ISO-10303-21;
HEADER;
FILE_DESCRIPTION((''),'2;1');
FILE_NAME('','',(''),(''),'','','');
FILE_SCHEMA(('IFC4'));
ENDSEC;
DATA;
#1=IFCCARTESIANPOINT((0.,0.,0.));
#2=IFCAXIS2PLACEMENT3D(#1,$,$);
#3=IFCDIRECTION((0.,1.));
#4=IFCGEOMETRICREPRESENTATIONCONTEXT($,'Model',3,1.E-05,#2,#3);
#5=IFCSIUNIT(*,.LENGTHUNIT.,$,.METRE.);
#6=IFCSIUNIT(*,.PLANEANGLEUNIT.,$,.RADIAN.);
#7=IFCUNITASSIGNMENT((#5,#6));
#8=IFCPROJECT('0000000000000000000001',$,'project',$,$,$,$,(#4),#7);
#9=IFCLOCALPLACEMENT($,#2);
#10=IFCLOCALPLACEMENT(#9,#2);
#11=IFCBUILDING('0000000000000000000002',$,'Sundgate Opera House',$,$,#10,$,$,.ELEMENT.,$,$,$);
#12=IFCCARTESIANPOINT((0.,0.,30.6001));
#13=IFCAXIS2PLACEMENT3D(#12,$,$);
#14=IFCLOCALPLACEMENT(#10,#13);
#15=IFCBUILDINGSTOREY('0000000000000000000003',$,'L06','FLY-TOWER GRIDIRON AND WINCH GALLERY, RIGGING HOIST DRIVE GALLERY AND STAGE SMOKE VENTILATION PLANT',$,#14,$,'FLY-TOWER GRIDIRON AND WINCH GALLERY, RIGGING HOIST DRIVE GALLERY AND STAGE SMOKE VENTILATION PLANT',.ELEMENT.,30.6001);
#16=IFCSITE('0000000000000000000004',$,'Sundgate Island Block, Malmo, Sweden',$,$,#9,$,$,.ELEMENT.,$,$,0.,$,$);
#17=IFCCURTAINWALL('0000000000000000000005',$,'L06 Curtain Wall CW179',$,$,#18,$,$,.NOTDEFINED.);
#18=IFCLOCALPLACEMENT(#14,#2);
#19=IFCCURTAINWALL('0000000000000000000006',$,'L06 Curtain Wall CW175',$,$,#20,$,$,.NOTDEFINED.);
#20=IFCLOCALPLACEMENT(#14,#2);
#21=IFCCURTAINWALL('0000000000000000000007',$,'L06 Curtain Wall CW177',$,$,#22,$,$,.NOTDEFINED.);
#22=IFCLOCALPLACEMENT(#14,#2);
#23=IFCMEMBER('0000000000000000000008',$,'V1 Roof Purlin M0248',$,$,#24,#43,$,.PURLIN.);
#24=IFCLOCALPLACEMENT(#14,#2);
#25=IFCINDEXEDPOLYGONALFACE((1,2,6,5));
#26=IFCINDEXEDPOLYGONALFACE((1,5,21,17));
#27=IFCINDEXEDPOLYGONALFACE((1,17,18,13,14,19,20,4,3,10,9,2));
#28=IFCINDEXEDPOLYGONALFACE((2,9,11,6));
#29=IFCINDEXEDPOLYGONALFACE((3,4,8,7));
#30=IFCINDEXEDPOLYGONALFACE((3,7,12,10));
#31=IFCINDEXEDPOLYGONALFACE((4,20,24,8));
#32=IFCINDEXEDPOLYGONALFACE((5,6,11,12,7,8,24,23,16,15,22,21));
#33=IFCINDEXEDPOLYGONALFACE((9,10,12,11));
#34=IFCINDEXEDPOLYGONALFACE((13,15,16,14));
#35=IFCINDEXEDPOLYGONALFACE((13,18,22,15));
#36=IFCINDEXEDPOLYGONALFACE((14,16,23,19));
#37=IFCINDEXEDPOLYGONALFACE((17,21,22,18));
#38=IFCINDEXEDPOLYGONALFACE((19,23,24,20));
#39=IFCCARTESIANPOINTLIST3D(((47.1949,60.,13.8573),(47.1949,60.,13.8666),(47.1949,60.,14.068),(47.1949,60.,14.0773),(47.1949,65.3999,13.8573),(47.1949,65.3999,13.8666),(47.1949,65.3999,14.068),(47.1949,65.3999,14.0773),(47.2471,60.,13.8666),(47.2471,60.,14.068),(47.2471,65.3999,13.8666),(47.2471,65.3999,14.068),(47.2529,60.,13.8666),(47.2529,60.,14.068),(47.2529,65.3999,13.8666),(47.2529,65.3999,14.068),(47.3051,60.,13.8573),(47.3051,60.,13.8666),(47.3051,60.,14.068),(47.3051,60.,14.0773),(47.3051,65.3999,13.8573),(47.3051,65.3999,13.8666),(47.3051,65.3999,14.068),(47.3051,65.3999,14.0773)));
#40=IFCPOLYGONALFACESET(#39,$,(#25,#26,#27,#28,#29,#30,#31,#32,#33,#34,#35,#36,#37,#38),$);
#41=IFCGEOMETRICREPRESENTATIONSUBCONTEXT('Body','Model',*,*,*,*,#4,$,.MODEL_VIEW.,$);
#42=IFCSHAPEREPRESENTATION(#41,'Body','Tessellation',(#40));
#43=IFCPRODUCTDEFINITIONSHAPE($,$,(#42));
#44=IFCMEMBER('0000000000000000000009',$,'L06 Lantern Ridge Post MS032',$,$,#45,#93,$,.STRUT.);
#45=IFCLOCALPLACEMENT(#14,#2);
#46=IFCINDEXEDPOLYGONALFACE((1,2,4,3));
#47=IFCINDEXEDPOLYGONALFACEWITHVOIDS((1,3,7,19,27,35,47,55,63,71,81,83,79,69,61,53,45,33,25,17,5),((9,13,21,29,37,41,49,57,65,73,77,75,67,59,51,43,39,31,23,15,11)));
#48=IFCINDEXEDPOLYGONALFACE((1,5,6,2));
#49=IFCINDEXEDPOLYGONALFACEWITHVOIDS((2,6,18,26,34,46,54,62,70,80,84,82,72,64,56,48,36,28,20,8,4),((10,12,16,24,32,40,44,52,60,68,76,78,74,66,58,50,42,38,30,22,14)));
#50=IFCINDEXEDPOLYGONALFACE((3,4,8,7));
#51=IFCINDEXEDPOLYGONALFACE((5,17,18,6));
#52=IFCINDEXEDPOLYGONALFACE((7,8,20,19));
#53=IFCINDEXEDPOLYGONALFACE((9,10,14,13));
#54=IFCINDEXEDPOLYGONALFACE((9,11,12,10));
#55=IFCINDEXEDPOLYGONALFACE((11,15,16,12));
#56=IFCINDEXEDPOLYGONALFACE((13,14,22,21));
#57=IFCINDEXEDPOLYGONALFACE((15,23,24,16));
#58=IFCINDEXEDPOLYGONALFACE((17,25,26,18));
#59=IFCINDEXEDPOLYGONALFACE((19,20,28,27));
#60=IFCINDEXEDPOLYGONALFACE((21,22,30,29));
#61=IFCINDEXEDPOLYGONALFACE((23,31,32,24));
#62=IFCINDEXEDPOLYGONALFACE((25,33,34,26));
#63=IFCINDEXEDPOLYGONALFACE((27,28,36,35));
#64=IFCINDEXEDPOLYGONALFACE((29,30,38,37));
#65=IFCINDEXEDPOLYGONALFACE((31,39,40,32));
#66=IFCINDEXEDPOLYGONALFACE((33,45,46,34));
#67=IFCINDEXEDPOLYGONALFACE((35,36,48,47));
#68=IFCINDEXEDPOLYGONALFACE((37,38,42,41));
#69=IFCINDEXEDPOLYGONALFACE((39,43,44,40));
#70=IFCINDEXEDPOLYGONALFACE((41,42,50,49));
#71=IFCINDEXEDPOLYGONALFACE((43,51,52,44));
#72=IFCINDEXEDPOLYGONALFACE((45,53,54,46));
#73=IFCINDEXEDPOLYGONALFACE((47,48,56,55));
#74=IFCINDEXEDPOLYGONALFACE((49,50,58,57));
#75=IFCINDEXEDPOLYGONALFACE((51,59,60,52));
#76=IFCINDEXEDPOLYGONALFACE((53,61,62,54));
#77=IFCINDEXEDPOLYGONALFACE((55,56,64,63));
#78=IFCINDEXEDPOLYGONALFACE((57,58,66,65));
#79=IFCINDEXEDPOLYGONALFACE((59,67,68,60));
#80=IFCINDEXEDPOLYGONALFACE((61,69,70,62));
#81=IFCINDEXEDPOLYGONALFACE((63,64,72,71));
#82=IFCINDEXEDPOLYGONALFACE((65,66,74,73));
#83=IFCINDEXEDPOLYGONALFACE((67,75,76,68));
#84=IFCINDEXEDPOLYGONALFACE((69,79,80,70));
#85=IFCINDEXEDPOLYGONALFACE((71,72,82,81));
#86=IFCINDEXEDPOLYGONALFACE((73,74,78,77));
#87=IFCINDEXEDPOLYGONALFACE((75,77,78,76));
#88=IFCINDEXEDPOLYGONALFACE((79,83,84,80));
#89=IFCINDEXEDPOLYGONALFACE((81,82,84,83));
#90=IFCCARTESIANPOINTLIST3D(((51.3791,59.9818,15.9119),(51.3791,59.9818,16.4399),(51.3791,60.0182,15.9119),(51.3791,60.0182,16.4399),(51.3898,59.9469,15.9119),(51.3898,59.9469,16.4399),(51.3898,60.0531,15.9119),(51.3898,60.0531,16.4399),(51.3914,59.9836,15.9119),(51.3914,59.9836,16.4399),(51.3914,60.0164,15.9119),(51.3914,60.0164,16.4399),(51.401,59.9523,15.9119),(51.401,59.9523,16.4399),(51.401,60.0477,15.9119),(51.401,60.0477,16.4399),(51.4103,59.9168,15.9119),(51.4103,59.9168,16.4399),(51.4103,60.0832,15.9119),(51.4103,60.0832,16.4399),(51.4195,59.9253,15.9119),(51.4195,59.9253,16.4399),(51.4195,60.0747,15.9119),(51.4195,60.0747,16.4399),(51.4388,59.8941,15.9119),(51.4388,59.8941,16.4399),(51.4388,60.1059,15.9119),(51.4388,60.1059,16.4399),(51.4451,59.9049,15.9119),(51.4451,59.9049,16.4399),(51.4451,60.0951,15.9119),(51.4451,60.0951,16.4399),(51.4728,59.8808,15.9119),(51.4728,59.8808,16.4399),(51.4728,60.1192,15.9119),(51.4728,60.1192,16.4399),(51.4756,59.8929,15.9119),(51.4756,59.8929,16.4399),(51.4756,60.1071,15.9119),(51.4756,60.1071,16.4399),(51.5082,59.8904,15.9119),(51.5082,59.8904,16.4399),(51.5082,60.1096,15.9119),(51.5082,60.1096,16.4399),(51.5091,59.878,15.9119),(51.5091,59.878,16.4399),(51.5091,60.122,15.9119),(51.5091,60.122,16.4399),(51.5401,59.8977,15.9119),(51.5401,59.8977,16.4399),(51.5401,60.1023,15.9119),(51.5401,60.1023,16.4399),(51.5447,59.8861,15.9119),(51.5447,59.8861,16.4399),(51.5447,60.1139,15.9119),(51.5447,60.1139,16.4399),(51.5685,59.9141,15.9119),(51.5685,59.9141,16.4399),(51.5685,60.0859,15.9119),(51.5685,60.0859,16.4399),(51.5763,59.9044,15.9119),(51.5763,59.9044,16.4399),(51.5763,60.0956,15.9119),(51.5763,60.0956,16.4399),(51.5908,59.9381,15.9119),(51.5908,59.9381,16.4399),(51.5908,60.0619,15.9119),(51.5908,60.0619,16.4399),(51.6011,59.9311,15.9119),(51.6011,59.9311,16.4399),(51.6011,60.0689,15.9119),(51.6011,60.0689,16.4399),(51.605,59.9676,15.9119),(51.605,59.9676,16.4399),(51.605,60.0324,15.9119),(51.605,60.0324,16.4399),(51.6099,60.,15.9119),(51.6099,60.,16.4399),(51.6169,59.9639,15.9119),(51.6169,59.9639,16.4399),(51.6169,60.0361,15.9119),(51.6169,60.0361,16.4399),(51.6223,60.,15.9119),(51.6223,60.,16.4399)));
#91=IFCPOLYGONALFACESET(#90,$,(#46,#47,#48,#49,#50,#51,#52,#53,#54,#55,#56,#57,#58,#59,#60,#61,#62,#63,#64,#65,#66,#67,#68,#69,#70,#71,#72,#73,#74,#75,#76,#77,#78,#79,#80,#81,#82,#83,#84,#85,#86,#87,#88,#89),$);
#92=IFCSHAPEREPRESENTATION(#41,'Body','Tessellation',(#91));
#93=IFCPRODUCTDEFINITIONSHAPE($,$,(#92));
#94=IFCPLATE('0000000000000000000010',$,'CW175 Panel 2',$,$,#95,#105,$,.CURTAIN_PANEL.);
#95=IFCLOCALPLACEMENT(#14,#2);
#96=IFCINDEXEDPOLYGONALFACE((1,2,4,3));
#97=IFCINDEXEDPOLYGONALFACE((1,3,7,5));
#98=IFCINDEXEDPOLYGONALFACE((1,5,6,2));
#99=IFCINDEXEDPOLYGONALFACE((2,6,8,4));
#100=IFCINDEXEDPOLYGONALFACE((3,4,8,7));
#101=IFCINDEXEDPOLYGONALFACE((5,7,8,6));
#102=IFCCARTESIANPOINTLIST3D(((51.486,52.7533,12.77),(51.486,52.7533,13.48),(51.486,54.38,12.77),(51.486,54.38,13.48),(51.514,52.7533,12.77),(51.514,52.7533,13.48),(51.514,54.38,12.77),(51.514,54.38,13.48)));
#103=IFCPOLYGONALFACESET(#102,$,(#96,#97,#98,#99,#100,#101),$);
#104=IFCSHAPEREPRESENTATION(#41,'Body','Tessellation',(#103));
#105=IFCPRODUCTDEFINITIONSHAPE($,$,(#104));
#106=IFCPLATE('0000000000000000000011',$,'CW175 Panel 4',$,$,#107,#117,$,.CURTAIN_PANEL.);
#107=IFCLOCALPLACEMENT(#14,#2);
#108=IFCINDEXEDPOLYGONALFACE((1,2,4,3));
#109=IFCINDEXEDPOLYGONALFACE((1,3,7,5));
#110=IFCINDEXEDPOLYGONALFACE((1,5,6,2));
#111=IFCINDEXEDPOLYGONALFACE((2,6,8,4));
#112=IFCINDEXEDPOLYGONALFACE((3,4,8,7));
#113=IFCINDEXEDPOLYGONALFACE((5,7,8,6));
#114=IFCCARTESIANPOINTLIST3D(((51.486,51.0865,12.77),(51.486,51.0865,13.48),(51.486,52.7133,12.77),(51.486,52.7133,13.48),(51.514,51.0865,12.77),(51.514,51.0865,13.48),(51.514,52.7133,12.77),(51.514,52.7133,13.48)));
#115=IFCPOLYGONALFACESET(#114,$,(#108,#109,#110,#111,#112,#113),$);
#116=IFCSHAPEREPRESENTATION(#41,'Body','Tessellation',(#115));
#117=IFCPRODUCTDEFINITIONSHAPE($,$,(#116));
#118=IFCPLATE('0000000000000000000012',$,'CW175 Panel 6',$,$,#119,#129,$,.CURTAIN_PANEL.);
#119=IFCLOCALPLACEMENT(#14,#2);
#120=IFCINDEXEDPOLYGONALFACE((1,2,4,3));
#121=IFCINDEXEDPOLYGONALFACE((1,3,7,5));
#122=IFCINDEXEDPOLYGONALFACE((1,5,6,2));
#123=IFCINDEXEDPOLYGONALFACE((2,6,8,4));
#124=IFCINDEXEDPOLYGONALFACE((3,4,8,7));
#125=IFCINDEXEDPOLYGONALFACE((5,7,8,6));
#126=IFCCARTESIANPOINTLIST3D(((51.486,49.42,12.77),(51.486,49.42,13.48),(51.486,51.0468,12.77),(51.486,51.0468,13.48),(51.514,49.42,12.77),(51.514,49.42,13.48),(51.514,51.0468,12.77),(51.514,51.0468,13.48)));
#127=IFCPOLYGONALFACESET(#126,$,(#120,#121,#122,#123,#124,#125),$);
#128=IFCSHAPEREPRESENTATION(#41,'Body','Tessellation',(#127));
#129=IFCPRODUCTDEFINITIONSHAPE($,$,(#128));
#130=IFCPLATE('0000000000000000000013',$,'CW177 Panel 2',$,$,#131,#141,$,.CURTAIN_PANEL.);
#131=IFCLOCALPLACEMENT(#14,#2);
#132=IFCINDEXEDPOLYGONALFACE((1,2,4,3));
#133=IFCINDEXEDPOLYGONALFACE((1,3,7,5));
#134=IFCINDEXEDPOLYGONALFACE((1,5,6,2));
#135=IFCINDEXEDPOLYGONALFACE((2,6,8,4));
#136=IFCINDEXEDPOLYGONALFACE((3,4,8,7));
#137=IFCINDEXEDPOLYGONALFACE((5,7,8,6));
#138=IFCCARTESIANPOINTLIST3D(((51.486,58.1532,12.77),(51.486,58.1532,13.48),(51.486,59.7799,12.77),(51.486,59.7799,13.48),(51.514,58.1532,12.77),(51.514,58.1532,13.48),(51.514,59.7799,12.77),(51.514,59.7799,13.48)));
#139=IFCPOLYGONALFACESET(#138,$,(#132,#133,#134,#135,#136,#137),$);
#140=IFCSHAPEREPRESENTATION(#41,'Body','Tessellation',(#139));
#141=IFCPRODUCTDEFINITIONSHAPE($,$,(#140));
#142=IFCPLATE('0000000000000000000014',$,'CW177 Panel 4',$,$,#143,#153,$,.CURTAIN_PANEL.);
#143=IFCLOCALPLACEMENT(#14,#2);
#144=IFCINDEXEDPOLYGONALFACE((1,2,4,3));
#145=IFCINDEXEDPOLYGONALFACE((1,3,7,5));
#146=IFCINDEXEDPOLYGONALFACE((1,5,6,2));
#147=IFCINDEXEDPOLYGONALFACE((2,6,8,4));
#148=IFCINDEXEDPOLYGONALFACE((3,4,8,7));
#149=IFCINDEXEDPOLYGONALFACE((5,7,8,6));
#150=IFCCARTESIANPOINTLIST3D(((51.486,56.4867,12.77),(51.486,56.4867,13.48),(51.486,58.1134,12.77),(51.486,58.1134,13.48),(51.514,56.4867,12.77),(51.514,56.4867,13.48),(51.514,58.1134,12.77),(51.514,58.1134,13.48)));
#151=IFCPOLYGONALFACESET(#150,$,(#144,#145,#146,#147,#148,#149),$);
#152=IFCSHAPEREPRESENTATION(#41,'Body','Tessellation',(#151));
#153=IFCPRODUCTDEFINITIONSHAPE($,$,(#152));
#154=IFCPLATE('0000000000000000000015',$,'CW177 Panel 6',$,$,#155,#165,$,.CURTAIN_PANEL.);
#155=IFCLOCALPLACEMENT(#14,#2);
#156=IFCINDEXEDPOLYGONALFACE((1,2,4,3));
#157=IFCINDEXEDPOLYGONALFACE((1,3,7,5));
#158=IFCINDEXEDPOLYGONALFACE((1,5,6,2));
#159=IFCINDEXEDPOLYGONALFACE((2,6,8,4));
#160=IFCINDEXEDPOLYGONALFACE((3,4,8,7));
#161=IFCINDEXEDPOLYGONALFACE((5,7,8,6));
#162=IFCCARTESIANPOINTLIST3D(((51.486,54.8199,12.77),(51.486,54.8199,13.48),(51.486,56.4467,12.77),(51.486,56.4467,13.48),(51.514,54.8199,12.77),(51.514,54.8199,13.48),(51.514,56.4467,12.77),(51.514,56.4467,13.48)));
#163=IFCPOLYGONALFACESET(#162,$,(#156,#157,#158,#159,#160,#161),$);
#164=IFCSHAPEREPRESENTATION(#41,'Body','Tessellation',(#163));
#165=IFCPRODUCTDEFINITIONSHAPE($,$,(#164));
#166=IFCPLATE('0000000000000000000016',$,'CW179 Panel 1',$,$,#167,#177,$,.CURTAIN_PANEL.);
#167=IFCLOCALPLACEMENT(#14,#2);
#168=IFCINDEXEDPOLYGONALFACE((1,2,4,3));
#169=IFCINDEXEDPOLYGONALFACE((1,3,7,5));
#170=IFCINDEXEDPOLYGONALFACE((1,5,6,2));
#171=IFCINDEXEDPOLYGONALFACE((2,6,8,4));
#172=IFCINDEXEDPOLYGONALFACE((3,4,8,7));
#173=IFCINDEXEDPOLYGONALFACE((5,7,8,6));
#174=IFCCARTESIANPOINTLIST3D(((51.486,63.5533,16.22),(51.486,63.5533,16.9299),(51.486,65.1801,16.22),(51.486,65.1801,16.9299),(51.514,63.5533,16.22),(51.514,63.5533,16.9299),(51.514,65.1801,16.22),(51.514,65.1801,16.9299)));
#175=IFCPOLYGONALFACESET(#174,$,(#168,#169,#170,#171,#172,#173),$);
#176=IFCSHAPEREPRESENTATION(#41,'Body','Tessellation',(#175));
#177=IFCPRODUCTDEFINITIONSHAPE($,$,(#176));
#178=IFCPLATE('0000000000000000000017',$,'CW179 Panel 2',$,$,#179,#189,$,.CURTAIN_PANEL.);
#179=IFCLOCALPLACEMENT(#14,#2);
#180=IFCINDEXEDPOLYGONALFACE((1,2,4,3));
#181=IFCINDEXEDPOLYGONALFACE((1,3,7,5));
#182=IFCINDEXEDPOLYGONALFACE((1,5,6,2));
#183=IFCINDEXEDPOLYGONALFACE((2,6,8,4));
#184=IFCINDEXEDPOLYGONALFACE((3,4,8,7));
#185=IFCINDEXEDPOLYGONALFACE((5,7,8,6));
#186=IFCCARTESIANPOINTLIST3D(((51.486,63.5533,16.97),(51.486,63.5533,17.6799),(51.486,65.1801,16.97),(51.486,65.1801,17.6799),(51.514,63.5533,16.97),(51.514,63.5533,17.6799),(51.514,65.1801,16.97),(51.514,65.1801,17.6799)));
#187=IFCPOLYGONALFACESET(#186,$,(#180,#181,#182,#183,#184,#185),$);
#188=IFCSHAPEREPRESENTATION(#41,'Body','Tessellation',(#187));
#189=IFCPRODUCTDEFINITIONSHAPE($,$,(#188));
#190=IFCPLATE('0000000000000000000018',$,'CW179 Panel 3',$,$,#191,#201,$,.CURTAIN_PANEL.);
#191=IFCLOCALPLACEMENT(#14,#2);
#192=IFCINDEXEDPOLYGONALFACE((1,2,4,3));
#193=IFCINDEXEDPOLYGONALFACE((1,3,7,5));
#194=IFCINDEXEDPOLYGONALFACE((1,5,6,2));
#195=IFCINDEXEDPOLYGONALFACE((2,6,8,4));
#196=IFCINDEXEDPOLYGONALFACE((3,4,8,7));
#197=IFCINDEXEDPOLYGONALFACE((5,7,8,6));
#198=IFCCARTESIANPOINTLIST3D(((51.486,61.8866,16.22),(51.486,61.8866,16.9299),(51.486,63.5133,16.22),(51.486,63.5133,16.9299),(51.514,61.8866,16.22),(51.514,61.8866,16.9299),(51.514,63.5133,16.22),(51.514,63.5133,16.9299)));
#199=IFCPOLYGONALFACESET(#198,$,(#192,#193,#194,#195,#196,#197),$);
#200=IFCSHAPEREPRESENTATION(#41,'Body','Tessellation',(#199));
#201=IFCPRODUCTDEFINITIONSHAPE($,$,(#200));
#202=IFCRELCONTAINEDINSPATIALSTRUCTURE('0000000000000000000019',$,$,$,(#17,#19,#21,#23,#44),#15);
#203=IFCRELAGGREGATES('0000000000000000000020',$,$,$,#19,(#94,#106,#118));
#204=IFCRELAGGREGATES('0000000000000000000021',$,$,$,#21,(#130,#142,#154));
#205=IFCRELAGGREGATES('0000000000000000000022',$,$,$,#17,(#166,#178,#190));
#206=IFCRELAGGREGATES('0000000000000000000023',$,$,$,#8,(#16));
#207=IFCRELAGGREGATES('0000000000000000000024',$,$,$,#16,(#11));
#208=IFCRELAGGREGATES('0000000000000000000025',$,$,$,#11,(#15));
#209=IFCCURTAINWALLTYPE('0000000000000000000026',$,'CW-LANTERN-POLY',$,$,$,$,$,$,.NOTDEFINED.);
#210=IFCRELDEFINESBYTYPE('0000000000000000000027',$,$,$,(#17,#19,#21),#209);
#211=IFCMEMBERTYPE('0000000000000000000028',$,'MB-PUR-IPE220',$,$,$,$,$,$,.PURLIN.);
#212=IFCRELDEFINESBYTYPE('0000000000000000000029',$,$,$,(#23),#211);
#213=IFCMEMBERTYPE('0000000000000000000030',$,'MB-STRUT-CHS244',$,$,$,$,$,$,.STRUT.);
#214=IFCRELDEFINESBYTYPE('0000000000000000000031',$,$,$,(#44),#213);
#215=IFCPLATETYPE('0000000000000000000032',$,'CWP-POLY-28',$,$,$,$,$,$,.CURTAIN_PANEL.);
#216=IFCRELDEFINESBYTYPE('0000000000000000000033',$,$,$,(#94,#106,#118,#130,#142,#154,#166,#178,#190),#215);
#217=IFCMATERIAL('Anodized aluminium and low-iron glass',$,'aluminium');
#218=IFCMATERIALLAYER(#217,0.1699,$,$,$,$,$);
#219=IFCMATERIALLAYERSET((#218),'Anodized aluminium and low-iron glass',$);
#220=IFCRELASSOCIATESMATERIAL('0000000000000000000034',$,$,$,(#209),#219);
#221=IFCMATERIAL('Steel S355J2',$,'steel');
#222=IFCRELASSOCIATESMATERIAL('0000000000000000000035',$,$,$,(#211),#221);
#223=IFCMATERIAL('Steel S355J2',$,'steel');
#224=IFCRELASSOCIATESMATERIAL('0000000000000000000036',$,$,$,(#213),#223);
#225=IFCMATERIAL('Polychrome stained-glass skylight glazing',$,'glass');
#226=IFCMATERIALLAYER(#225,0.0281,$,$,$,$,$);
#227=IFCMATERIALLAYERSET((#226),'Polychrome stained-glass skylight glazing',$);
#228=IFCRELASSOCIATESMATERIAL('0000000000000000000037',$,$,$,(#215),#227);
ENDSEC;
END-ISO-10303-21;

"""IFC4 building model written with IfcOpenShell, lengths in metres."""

from ifc_helpers import new_model, si_unit, direction, frame, origin, origin_2d, place, context, subcontext, project, spatial, rectangle, hollow_circle, i_section, extrude, material, layer, layer_set, material_profile, profile_set, type_object, element, aggregate, save


model = new_model("IFC4")

# Units and contexts
model_context = context("Model", 3, precision=1e-05, world=origin(), true_north=direction((0.0, 1.0)))
body_context = subcontext(model_context, "Body", "Model", "MODEL_VIEW")
ifc_project = project(units=[si_unit("LENGTHUNIT", "METRE"), si_unit("PLANEANGLEUNIT", "RADIAN")], contexts=[model_context])

# Site, building, storey
site_placement = place(None, origin())
site = spatial("IfcSite", under=ifc_project, at=site_placement, Name="Sundgate Island Block, Malmo, Sweden", CompositionType="ELEMENT", RefElevation=0.0)
building_placement = place(site_placement, origin())
building = spatial("IfcBuilding", under=site, at=building_placement, Name="Sundgate Opera House", CompositionType="ELEMENT")
storey_placement = place(building_placement, frame((0.0, 0.0, 30.6001)))
storey = spatial("IfcBuildingStorey", under=building, at=storey_placement, Name="L06", Description="FLY-TOWER GRIDIRON AND WINCH GALLERY, RIGGING HOIST DRIVE GALLERY AND STAGE SMOKE VENTILATION PLANT", LongName="FLY-TOWER GRIDIRON AND WINCH GALLERY, RIGGING HOIST DRIVE GALLERY AND STAGE SMOKE VENTILATION PLANT", CompositionType="ELEMENT", Elevation=30.6001)

# Curtain walls
ifc_material_1 = material(Name="Anodized aluminium and low-iron glass", Category="aluminium")
ifc_layer_1 = layer(ifc_material_1, 0.1699)
ifc_layer_set_1 = layer_set([ifc_layer_1], Name="Anodized aluminium and low-iron glass")
curtain_wall_type = type_object("IfcCurtainWallType", Name="CW-LANTERN-POLY", PredefinedType="NOTDEFINED", material=ifc_layer_set_1)
curtain_wall_1_placement = place(storey_placement, origin())
curtain_wall_1 = element("IfcCurtainWall", 1, at=curtain_wall_1_placement, inside=storey, type_object=curtain_wall_type, Name="L06 Curtain Wall CW179", PredefinedType="NOTDEFINED")
curtain_wall_2_placement = place(storey_placement, origin())
curtain_wall_2 = element("IfcCurtainWall", 2, at=curtain_wall_2_placement, inside=storey, type_object=curtain_wall_type, Name="L06 Curtain Wall CW175", PredefinedType="NOTDEFINED")
curtain_wall_3_placement = place(storey_placement, origin())
curtain_wall_3 = element("IfcCurtainWall", 3, at=curtain_wall_3_placement, inside=storey, type_object=curtain_wall_type, Name="L06 Curtain Wall CW177", PredefinedType="NOTDEFINED")

# Members
ifc_material_2 = material(Name="Steel S355J2", Category="steel")
ifc_material_profile_1 = material_profile(ifc_material_2, i_section(OverallWidth=0.1101, OverallDepth=0.22, WebThickness=0.0059, FlangeThickness=0.0093, at=origin_2d()), Name="IPE 220")
ifc_profile_set_1 = profile_set([ifc_material_profile_1], Name="Steel S355J2")
member_type_1 = type_object("IfcMemberType", Name="MB-PUR-IPE220", PredefinedType="PURLIN", material=ifc_profile_set_1)
member_1_placement = place(storey_placement, frame((47.25, 60.0, 13.9673), z_axis=(0.0, 1.0, 0.0), x_axis=(-1.0, 0.0, 0.0)))
element("IfcMember", 4, at=member_1_placement, inside=storey, type_object=member_type_1, Name="V1 Roof Purlin M0248", PredefinedType="PURLIN", context=body_context, shape_type="SweptSolid", body=[
    extrude(i_section(OverallWidth=0.1101, OverallDepth=0.22, WebThickness=0.0059, FlangeThickness=0.0093, at=origin_2d()), origin(), (0.0, 0.0, 1.0), 5.3999),
])
ifc_material_3 = material(Name="Steel S355J2", Category="steel")
ifc_material_profile_2 = material_profile(ifc_material_3, hollow_circle(Radius=0.1223, WallThickness=0.0125, at=origin_2d()), Name="CHS 244.5x12.5")
ifc_profile_set_2 = profile_set([ifc_material_profile_2], Name="Steel S355J2")
member_type_2 = type_object("IfcMemberType", Name="MB-STRUT-CHS244", PredefinedType="STRUT", material=ifc_profile_set_2)
member_2_placement = place(storey_placement, frame((51.5, 60.0, 15.9119), z_axis=(0.0, 0.0, 1.0), x_axis=(1.0, 0.0, 0.0)))
element("IfcMember", 5, at=member_2_placement, inside=storey, type_object=member_type_2, Name="L06 Lantern Ridge Post MS032", PredefinedType="STRUT", context=body_context, shape_type="SweptSolid", body=[
    extrude(hollow_circle(Radius=0.1223, WallThickness=0.0125, at=origin_2d()), origin(), (0.0, 0.0, 1.0), 0.5281),
])

# Plates
ifc_material_4 = material(Name="Polychrome stained-glass skylight glazing", Category="glass")
ifc_layer_2 = layer(ifc_material_4, 0.0281)
ifc_layer_set_2 = layer_set([ifc_layer_2], Name="Polychrome stained-glass skylight glazing")
plate_type_1 = type_object("IfcPlateType", Name="CWP-POLY-28", PredefinedType="CURTAIN_PANEL", material=ifc_layer_set_2)
plate_1_placement = place(storey_placement, frame((51.5, 53.5667, 12.77), z_axis=(0.0, 0.0, 1.0), x_axis=(0.0, -1.0, 0.0)))
plate_1 = element("IfcPlate", 6, at=plate_1_placement, type_object=plate_type_1, Name="CW175 Panel 2", PredefinedType="CURTAIN_PANEL", context=body_context, shape_type="SweptSolid", body=[
    extrude(rectangle(XDim=1.6267, YDim=0.0281, at=origin_2d()), origin(), (0.0, 0.0, 1.0), 0.71),
])
plate_2_placement = place(storey_placement, frame((51.5, 51.8999, 12.77), z_axis=(0.0, 0.0, 1.0), x_axis=(0.0, -1.0, 0.0)))
plate_2 = element("IfcPlate", 7, at=plate_2_placement, type_object=plate_type_1, Name="CW175 Panel 4", PredefinedType="CURTAIN_PANEL", context=body_context, shape_type="SweptSolid", body=[
    extrude(rectangle(XDim=1.6267, YDim=0.0281, at=origin_2d()), origin(), (0.0, 0.0, 1.0), 0.71),
])
plate_3_placement = place(storey_placement, frame((51.5, 50.2334, 12.77), z_axis=(0.0, 0.0, 1.0), x_axis=(0.0, -1.0, 0.0)))
plate_3 = element("IfcPlate", 8, at=plate_3_placement, type_object=plate_type_1, Name="CW175 Panel 6", PredefinedType="CURTAIN_PANEL", context=body_context, shape_type="SweptSolid", body=[
    extrude(rectangle(XDim=1.6267, YDim=0.0281, at=origin_2d()), origin(), (0.0, 0.0, 1.0), 0.71),
])
aggregate(curtain_wall_2, [plate_1, plate_2, plate_3])
plate_4_placement = place(storey_placement, frame((51.5, 58.9666, 12.77), z_axis=(0.0, 0.0, 1.0), x_axis=(0.0, -1.0, 0.0)))
plate_4 = element("IfcPlate", 9, at=plate_4_placement, type_object=plate_type_1, Name="CW177 Panel 2", PredefinedType="CURTAIN_PANEL", context=body_context, shape_type="SweptSolid", body=[
    extrude(rectangle(XDim=1.6267, YDim=0.0281, at=origin_2d()), origin(), (0.0, 0.0, 1.0), 0.71),
])
plate_5_placement = place(storey_placement, frame((51.5, 57.3, 12.77), z_axis=(0.0, 0.0, 1.0), x_axis=(0.0, -1.0, 0.0)))
plate_5 = element("IfcPlate", 10, at=plate_5_placement, type_object=plate_type_1, Name="CW177 Panel 4", PredefinedType="CURTAIN_PANEL", context=body_context, shape_type="SweptSolid", body=[
    extrude(rectangle(XDim=1.6267, YDim=0.0281, at=origin_2d()), origin(), (0.0, 0.0, 1.0), 0.71),
])
plate_6_placement = place(storey_placement, frame((51.5, 55.6333, 12.77), z_axis=(0.0, 0.0, 1.0), x_axis=(0.0, -1.0, 0.0)))
plate_6 = element("IfcPlate", 11, at=plate_6_placement, type_object=plate_type_1, Name="CW177 Panel 6", PredefinedType="CURTAIN_PANEL", context=body_context, shape_type="SweptSolid", body=[
    extrude(rectangle(XDim=1.6267, YDim=0.0281, at=origin_2d()), origin(), (0.0, 0.0, 1.0), 0.71),
])
aggregate(curtain_wall_3, [plate_4, plate_5, plate_6])
plate_7_placement = place(storey_placement, frame((51.5, 64.3667, 16.22), z_axis=(0.0, 0.0, 1.0), x_axis=(0.0, -1.0, 0.0)))
plate_7 = element("IfcPlate", 12, at=plate_7_placement, type_object=plate_type_1, Name="CW179 Panel 1", PredefinedType="CURTAIN_PANEL", context=body_context, shape_type="SweptSolid", body=[
    extrude(rectangle(XDim=1.6267, YDim=0.0281, at=origin_2d()), origin(), (0.0, 0.0, 1.0), 0.71),
])
plate_8_placement = place(storey_placement, frame((51.5, 64.3667, 16.97), z_axis=(0.0, 0.0, 1.0), x_axis=(0.0, -1.0, 0.0)))
plate_8 = element("IfcPlate", 13, at=plate_8_placement, type_object=plate_type_1, Name="CW179 Panel 2", PredefinedType="CURTAIN_PANEL", context=body_context, shape_type="SweptSolid", body=[
    extrude(rectangle(XDim=1.6267, YDim=0.0281, at=origin_2d()), origin(), (0.0, 0.0, 1.0), 0.71),
])
plate_9_placement = place(storey_placement, frame((51.5, 62.7, 16.22), z_axis=(0.0, 0.0, 1.0), x_axis=(0.0, -1.0, 0.0)))
plate_9 = element("IfcPlate", 14, at=plate_9_placement, type_object=plate_type_1, Name="CW179 Panel 3", PredefinedType="CURTAIN_PANEL", context=body_context, shape_type="SweptSolid", body=[
    extrude(rectangle(XDim=1.6267, YDim=0.0281, at=origin_2d()), origin(), (0.0, 0.0, 1.0), 0.71),
])
aggregate(curtain_wall_1, [plate_7, plate_8, plate_9])

save(model, "model.ifc")
